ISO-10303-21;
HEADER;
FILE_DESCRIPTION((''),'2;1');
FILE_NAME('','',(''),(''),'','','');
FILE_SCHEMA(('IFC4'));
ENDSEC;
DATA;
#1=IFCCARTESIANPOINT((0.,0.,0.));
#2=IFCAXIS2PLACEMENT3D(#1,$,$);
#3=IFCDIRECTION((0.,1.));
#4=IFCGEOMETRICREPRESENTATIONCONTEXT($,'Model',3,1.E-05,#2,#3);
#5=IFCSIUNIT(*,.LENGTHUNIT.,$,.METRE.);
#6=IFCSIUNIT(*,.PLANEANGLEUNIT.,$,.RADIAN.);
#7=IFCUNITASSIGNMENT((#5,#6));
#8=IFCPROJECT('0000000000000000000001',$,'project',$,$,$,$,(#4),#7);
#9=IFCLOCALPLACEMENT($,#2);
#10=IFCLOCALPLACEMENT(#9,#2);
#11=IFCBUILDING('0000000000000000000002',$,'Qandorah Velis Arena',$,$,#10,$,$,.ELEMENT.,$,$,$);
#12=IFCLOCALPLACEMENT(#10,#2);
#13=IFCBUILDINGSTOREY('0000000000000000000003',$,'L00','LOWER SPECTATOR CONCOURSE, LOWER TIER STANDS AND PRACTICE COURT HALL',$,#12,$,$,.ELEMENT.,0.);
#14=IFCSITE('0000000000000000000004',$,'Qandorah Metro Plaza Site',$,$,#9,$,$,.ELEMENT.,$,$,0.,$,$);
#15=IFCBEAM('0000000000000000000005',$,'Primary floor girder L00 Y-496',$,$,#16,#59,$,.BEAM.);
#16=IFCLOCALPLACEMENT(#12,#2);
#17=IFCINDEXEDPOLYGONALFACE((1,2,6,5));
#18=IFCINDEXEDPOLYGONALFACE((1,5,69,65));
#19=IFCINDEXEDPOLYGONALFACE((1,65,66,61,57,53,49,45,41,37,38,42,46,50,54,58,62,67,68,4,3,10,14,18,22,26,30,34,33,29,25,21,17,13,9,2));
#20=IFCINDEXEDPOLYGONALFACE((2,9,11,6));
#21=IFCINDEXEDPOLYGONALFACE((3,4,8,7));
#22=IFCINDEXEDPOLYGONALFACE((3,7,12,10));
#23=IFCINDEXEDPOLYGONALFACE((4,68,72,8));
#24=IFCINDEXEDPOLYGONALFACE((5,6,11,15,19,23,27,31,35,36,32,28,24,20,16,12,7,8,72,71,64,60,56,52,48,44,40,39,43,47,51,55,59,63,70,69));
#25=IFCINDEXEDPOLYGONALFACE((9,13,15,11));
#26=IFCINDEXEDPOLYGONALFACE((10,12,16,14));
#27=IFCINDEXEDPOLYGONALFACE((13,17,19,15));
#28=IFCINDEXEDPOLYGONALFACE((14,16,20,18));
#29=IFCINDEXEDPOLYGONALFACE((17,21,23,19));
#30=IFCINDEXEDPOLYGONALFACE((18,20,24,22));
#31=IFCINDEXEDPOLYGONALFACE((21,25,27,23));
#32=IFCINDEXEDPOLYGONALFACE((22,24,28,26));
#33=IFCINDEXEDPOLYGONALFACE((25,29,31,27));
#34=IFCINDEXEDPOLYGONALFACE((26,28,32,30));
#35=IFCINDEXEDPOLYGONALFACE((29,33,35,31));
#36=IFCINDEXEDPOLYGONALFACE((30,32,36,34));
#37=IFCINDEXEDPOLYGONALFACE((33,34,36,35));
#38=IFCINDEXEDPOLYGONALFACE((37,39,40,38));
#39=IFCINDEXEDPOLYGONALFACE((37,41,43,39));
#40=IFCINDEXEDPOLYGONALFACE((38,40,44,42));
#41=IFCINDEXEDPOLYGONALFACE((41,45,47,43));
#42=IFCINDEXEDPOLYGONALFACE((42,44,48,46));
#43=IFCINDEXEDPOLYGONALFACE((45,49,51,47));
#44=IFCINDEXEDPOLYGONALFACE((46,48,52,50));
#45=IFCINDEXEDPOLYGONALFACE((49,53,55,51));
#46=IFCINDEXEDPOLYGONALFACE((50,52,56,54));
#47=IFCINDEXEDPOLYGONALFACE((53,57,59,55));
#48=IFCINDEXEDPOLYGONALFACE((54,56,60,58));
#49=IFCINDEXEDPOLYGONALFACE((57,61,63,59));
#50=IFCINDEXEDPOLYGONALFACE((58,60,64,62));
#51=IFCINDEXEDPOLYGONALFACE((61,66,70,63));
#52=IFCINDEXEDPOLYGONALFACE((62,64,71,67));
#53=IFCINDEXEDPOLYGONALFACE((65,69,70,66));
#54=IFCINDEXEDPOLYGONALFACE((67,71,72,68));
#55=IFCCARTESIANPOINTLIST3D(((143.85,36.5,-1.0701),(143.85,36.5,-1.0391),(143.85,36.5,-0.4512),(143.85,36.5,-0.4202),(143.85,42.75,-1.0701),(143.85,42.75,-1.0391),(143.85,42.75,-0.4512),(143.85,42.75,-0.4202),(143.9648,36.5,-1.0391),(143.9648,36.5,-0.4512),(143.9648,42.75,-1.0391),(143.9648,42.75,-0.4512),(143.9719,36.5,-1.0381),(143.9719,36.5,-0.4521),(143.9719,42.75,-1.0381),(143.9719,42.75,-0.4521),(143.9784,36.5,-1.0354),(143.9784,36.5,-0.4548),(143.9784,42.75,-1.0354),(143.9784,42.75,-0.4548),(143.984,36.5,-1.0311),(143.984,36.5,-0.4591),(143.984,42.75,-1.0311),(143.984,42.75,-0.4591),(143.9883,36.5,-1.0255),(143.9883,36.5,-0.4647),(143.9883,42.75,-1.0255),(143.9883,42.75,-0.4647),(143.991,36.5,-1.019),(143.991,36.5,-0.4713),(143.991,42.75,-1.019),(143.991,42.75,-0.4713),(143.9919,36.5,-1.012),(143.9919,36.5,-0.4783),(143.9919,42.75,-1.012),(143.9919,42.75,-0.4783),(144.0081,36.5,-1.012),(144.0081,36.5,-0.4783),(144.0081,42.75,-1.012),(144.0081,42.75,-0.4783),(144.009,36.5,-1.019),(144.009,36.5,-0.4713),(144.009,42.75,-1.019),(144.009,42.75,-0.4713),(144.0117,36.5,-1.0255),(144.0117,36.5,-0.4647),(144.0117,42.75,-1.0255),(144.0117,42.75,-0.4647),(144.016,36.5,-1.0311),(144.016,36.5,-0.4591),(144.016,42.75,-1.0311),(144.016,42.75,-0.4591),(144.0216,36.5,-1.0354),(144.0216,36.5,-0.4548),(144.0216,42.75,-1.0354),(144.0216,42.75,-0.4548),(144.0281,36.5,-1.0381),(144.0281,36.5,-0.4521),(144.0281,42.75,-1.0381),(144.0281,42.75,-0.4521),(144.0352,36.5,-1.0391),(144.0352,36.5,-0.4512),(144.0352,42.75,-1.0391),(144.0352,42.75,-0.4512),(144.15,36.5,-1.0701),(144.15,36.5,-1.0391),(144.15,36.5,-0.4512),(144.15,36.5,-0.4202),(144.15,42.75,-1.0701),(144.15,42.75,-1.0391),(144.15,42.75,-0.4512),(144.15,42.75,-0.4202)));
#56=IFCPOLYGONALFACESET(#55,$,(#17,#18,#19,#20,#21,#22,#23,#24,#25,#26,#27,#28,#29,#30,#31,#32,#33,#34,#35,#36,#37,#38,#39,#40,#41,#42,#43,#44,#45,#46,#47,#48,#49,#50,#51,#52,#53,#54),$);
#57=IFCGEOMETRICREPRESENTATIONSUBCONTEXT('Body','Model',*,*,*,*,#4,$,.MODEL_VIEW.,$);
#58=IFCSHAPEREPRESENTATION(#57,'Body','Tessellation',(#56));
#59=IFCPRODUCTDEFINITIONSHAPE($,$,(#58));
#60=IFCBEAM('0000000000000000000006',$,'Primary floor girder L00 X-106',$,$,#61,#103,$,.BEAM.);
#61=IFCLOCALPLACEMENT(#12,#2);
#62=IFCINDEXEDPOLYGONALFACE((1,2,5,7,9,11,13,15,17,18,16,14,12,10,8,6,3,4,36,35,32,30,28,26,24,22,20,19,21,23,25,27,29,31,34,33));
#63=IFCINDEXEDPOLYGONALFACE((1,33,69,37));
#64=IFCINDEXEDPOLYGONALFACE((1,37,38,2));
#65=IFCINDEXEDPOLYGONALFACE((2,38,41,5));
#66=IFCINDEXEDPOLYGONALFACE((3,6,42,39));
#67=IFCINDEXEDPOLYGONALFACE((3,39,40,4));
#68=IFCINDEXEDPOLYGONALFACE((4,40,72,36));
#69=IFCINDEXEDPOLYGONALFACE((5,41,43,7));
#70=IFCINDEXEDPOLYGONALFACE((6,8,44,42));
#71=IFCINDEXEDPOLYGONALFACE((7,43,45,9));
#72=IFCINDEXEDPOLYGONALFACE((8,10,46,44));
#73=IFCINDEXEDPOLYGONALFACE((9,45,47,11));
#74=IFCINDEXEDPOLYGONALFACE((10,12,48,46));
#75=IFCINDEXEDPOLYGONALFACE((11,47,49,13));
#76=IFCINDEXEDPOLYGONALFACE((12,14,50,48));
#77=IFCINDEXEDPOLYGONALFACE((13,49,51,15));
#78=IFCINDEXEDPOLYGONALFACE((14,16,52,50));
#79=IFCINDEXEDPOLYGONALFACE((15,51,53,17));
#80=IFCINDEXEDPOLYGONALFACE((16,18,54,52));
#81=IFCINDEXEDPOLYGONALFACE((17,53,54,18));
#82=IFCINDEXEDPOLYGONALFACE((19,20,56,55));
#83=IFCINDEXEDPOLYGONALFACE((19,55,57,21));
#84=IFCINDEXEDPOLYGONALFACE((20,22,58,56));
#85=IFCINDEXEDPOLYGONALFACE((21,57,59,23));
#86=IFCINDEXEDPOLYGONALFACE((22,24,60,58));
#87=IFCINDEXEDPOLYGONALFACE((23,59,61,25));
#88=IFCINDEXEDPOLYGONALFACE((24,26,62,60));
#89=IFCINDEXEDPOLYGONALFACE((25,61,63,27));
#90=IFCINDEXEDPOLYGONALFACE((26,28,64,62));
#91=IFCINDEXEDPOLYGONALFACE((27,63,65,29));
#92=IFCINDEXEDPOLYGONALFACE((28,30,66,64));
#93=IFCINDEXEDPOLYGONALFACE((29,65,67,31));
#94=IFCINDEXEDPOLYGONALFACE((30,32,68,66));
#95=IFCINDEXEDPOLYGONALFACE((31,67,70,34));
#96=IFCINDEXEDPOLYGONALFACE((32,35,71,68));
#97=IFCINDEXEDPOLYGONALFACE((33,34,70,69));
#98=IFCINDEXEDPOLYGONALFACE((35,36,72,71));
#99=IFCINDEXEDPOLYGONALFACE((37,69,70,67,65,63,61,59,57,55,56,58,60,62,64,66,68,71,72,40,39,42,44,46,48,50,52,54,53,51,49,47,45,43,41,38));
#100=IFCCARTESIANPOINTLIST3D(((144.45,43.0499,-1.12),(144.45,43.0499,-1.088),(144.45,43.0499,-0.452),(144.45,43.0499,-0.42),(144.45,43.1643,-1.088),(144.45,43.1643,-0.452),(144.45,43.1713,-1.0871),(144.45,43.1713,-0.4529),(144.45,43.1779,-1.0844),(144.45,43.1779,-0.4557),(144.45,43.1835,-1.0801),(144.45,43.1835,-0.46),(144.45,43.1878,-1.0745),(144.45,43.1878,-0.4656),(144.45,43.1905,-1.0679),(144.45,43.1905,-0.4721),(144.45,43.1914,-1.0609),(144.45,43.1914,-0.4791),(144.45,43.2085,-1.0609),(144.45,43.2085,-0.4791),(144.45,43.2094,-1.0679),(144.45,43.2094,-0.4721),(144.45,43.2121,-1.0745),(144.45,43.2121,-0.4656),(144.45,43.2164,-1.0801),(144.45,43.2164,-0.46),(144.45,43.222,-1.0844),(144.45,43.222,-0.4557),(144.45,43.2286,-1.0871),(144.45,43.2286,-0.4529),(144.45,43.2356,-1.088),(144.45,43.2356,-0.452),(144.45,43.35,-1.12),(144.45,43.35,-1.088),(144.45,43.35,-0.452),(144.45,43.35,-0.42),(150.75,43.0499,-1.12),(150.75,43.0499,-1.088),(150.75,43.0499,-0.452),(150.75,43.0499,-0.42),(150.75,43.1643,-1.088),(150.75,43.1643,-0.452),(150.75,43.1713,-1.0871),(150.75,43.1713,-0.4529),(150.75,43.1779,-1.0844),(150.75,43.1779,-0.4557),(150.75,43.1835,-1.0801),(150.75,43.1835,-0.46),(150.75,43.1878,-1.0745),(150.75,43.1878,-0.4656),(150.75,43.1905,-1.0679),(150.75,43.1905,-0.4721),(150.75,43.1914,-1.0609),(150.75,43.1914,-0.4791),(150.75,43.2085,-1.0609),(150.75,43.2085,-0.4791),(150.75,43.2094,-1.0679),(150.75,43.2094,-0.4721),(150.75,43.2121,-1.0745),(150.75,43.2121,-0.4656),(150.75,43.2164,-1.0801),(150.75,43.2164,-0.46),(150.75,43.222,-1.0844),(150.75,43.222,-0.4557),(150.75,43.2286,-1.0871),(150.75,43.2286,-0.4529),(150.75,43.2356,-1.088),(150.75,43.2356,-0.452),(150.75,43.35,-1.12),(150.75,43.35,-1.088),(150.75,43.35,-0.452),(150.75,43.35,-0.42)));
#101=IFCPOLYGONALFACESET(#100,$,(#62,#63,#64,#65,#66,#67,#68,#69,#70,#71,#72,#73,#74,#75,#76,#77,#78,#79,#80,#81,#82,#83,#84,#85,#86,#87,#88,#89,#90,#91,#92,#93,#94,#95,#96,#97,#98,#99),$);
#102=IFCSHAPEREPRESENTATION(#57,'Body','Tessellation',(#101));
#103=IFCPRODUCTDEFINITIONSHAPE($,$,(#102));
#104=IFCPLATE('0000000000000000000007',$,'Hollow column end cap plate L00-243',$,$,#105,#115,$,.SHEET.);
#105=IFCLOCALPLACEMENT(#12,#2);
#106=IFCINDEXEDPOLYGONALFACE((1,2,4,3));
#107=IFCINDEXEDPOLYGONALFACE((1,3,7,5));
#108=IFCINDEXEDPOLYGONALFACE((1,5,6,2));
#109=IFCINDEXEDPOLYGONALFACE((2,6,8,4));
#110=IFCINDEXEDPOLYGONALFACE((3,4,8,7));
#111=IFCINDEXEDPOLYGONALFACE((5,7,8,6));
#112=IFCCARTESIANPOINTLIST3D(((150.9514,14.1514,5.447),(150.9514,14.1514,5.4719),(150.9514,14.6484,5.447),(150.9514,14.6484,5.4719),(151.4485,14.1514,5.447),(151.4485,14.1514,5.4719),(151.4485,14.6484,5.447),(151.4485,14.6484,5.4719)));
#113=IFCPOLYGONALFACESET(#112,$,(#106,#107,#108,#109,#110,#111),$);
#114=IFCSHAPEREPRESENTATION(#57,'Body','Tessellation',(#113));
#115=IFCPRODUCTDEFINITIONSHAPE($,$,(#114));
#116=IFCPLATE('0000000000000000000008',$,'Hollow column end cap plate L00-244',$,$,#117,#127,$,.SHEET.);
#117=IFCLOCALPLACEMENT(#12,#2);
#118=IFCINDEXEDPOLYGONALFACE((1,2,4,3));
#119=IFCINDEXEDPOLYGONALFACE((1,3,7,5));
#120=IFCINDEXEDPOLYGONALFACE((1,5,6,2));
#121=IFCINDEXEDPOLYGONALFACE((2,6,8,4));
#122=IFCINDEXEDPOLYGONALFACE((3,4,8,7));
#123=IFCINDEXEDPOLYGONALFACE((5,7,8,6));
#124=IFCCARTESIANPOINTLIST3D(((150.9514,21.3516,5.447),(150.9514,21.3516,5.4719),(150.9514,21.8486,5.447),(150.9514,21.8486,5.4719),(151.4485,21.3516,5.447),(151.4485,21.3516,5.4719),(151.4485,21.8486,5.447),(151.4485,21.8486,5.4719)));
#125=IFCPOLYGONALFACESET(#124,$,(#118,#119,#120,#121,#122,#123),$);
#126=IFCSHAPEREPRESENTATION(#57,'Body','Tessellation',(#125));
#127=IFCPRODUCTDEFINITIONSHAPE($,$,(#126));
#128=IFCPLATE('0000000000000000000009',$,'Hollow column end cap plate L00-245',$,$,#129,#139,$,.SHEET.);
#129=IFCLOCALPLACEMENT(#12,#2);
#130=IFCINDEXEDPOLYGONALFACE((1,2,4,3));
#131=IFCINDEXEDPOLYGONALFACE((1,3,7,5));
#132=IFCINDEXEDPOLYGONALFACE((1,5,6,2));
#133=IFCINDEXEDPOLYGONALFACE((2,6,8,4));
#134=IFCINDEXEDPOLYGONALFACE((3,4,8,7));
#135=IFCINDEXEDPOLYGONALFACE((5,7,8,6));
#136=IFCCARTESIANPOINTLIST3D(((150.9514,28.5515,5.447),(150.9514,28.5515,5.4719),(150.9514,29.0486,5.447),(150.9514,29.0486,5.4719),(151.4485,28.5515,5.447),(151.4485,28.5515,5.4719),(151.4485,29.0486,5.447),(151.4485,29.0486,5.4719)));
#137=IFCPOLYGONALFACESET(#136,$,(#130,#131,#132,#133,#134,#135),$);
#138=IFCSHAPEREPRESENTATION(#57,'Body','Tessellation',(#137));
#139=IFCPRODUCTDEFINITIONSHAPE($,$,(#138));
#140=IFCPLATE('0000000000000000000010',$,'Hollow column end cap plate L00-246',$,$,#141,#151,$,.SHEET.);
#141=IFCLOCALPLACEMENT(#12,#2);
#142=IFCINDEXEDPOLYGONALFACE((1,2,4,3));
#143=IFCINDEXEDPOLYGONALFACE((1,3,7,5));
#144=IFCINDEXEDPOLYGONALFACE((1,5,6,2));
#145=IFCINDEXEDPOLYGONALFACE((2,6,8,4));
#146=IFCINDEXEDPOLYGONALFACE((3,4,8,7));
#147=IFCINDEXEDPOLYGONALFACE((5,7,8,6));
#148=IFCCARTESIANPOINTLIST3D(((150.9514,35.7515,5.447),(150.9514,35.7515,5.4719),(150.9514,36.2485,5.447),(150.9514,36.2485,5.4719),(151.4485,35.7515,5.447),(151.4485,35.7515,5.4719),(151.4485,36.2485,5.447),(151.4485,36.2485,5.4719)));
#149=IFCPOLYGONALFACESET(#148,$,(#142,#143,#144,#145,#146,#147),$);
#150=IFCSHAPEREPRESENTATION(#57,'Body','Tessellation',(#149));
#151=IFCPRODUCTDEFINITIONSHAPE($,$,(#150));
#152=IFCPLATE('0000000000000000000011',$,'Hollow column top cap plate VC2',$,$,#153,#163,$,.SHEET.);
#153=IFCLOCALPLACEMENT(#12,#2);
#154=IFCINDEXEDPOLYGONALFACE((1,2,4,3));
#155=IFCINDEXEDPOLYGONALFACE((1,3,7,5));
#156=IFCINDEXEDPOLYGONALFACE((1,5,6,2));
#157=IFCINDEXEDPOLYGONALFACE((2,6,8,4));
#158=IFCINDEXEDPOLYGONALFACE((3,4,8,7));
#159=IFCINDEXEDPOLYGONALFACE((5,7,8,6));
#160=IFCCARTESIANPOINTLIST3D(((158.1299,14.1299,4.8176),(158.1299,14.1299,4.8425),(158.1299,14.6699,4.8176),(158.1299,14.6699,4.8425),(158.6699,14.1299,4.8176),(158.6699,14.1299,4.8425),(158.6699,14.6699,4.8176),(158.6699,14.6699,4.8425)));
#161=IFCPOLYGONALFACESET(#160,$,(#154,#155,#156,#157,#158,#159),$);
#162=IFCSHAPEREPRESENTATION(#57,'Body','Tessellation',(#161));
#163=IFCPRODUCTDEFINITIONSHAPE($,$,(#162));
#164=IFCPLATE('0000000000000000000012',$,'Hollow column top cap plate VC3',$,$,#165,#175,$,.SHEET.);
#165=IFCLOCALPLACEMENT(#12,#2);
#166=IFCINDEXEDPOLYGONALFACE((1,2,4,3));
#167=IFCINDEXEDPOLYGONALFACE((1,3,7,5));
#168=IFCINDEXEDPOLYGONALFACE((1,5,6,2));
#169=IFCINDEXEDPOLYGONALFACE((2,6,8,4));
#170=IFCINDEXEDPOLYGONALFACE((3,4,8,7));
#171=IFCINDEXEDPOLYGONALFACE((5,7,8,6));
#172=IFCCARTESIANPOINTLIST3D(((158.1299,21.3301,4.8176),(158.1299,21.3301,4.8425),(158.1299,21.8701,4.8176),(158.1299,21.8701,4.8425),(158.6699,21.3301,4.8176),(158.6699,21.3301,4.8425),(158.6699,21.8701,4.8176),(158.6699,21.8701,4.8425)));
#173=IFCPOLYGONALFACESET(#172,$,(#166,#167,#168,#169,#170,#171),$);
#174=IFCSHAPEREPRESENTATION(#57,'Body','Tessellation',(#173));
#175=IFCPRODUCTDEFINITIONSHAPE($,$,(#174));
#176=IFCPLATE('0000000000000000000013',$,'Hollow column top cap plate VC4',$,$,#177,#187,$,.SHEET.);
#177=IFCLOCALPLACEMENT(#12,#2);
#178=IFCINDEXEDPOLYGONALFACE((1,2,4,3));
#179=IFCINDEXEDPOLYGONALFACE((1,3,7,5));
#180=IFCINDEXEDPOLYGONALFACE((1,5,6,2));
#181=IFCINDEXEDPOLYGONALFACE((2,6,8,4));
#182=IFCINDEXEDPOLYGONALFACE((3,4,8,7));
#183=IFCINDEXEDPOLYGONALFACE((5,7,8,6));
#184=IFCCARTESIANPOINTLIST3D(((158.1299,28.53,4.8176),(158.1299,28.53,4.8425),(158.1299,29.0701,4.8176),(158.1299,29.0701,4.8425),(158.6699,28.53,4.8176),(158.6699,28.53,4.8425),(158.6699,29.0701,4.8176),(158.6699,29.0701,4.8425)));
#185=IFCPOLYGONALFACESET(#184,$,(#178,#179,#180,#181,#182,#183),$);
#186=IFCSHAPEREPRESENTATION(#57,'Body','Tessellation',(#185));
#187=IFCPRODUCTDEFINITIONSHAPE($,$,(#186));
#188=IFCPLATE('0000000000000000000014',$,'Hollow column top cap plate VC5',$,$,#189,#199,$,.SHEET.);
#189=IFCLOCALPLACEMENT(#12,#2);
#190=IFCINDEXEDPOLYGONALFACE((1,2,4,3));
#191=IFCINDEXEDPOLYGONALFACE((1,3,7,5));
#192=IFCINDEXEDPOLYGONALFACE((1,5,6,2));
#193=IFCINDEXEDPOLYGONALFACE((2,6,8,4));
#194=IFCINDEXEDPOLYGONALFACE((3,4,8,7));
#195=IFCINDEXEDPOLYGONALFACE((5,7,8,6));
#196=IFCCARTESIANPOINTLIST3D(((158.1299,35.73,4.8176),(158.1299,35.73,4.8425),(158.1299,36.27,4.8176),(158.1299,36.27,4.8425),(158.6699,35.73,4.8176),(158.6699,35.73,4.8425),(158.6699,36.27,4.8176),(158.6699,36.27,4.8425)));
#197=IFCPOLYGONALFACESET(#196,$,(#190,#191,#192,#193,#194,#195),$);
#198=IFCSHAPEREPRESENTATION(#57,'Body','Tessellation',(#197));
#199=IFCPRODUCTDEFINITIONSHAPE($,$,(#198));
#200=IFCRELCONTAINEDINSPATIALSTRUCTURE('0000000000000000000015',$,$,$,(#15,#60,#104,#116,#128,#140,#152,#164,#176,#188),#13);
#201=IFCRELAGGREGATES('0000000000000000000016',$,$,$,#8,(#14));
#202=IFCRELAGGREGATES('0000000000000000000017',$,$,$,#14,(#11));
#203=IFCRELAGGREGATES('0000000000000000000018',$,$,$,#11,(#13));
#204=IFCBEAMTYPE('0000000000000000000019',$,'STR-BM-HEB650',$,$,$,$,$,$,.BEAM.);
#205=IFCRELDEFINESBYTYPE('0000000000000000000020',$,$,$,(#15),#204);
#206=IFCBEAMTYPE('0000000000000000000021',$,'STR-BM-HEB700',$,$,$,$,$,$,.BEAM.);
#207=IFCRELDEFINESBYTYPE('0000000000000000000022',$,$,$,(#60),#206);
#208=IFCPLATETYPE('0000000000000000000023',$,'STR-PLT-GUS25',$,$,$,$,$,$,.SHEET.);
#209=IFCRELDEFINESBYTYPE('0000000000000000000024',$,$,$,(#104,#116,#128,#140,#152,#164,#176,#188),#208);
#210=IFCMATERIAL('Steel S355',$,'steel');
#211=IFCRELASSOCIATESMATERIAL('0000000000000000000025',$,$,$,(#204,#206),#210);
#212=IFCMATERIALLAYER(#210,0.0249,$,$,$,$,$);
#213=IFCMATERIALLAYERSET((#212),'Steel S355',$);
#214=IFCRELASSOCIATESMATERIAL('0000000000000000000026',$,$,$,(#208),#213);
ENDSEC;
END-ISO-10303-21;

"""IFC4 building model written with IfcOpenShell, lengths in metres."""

from ifc_helpers import new_model, si_unit, direction, frame, origin, origin_2d, place, context, subcontext, project, spatial, rectangle, i_section, extrude, material, layer, layer_set, material_profile, profile_set, type_object, element, save


model = new_model("IFC4")

# Units and contexts
model_context = context("Model", 3, precision=1e-05, world=origin(), true_north=direction((0.0, 1.0)))
body_context = subcontext(model_context, "Body", "Model", "MODEL_VIEW")
ifc_project = project(units=[si_unit("LENGTHUNIT", "METRE"), si_unit("PLANEANGLEUNIT", "RADIAN")], contexts=[model_context])

# Site, building, storey
site_placement = place(None, origin())
site = spatial("IfcSite", under=ifc_project, at=site_placement, Name="Qandorah Metro Plaza Site", CompositionType="ELEMENT", RefElevation=0.0)
building_placement = place(site_placement, origin())
building = spatial("IfcBuilding", under=site, at=building_placement, Name="Qandorah Velis Arena", CompositionType="ELEMENT")
storey_placement = place(building_placement, origin())
storey = spatial("IfcBuildingStorey", under=building, at=storey_placement, Name="L00", Description="LOWER SPECTATOR CONCOURSE, LOWER TIER STANDS AND PRACTICE COURT HALL", CompositionType="ELEMENT", Elevation=0.0)

# Shared definitions
ifc_material_1 = material(Name="Steel S355", Category="steel")

# Beams
ifc_material_profile_1 = material_profile(ifc_material_1, i_section(OverallWidth=0.3, OverallDepth=0.6499, WebThickness=0.0161, FlangeThickness=0.031, FilletRadius=0.0271, at=origin_2d()), Name="HEB 650")
ifc_profile_set_1 = profile_set([ifc_material_profile_1], Name="Steel S355")
beam_type_1 = type_object("IfcBeamType", Name="STR-BM-HEB650", PredefinedType="BEAM", material=ifc_profile_set_1)
beam_1_placement = place(storey_placement, frame((144.0, 36.5, -0.7451), z_axis=(0.0, 1.0, 0.0), x_axis=(-1.0, 0.0, 0.0)))
element("IfcBeam", 1, at=beam_1_placement, inside=storey, type_object=beam_type_1, Name="Primary floor girder L00 Y-496", PredefinedType="BEAM", context=body_context, shape_type="SweptSolid", body=[
    extrude(i_section(OverallWidth=0.3, OverallDepth=0.6499, WebThickness=0.0161, FlangeThickness=0.031, FilletRadius=0.0271, at=origin_2d()), origin(), (0.0, 0.0, 1.0), 6.25),
])
ifc_material_profile_2 = material_profile(ifc_material_1, i_section(OverallWidth=0.3, OverallDepth=0.7, WebThickness=0.0171, FlangeThickness=0.032, FilletRadius=0.0271, at=origin_2d()), Name="HEB 700")
ifc_profile_set_2 = profile_set([ifc_material_profile_2], Name="Steel S355")
beam_type_2 = type_object("IfcBeamType", Name="STR-BM-HEB700", PredefinedType="BEAM", material=ifc_profile_set_2)
beam_2_placement = place(storey_placement, frame((144.45, 43.2, -0.77), z_axis=(1.0, 0.0, 0.0), x_axis=(0.0, 1.0, 0.0)))
element("IfcBeam", 2, at=beam_2_placement, inside=storey, type_object=beam_type_2, Name="Primary floor girder L00 X-106", PredefinedType="BEAM", context=body_context, shape_type="SweptSolid", body=[
    extrude(i_section(OverallWidth=0.3, OverallDepth=0.7, WebThickness=0.0171, FlangeThickness=0.032, FilletRadius=0.0271, at=origin_2d()), origin(), (0.0, 0.0, 1.0), 6.3),
])

# Plates
ifc_layer_1 = layer(ifc_material_1, 0.0249)
ifc_layer_set_1 = layer_set([ifc_layer_1], Name="Steel S355")
plate_type = type_object("IfcPlateType", Name="STR-PLT-GUS25", PredefinedType="SHEET", material=ifc_layer_set_1)
for number, where, z_axis, x_axis, name in (
    (3, (151.2, 14.3999, 5.447), (0.0, 0.0, 1.0), (1.0, 0.0, 0.0), "Hollow column end cap plate L00-243"),
    (4, (151.2, 21.6001, 5.447), (0.0, 0.0, 1.0), (1.0, 0.0, 0.0), "Hollow column end cap plate L00-244"),
    (5, (151.2, 28.8, 5.447), (0.0, 0.0, 1.0), (1.0, 0.0, 0.0), "Hollow column end cap plate L00-245"),
    (6, (151.2, 36.0, 5.447), (0.0, 0.0, 1.0), (1.0, 0.0, 0.0), "Hollow column end cap plate L00-246"),
):
    element("IfcPlate", number, at=place(storey_placement, frame(where, z_axis=z_axis, x_axis=x_axis)), inside=storey, type_object=plate_type, Name=name, PredefinedType="SHEET", context=body_context, shape_type="SweptSolid", body=[
        extrude(rectangle(XDim=0.4971, YDim=0.4971, at=origin_2d()), origin(), (0.0, 0.0, 1.0), 0.0249),
    ])
for number, where, z_axis, x_axis, name in (
    (7, (158.3999, 14.3999, 4.8176), (0.0, 0.0, 1.0), (1.0, 0.0, 0.0), "Hollow column top cap plate VC2"),
    (8, (158.3999, 21.6001, 4.8176), (0.0, 0.0, 1.0), (1.0, 0.0, 0.0), "Hollow column top cap plate VC3"),
    (9, (158.3999, 28.8, 4.8176), (0.0, 0.0, 1.0), (1.0, 0.0, 0.0), "Hollow column top cap plate VC4"),
    (10, (158.3999, 36.0, 4.8176), (0.0, 0.0, 1.0), (1.0, 0.0, 0.0), "Hollow column top cap plate VC5"),
):
    element("IfcPlate", number, at=place(storey_placement, frame(where, z_axis=z_axis, x_axis=x_axis)), inside=storey, type_object=plate_type, Name=name, PredefinedType="SHEET", context=body_context, shape_type="SweptSolid", body=[
        extrude(rectangle(XDim=0.54, YDim=0.54, at=origin_2d()), origin(), (0.0, 0.0, 1.0), 0.0249),
    ])

save(model, "model.ifc")
